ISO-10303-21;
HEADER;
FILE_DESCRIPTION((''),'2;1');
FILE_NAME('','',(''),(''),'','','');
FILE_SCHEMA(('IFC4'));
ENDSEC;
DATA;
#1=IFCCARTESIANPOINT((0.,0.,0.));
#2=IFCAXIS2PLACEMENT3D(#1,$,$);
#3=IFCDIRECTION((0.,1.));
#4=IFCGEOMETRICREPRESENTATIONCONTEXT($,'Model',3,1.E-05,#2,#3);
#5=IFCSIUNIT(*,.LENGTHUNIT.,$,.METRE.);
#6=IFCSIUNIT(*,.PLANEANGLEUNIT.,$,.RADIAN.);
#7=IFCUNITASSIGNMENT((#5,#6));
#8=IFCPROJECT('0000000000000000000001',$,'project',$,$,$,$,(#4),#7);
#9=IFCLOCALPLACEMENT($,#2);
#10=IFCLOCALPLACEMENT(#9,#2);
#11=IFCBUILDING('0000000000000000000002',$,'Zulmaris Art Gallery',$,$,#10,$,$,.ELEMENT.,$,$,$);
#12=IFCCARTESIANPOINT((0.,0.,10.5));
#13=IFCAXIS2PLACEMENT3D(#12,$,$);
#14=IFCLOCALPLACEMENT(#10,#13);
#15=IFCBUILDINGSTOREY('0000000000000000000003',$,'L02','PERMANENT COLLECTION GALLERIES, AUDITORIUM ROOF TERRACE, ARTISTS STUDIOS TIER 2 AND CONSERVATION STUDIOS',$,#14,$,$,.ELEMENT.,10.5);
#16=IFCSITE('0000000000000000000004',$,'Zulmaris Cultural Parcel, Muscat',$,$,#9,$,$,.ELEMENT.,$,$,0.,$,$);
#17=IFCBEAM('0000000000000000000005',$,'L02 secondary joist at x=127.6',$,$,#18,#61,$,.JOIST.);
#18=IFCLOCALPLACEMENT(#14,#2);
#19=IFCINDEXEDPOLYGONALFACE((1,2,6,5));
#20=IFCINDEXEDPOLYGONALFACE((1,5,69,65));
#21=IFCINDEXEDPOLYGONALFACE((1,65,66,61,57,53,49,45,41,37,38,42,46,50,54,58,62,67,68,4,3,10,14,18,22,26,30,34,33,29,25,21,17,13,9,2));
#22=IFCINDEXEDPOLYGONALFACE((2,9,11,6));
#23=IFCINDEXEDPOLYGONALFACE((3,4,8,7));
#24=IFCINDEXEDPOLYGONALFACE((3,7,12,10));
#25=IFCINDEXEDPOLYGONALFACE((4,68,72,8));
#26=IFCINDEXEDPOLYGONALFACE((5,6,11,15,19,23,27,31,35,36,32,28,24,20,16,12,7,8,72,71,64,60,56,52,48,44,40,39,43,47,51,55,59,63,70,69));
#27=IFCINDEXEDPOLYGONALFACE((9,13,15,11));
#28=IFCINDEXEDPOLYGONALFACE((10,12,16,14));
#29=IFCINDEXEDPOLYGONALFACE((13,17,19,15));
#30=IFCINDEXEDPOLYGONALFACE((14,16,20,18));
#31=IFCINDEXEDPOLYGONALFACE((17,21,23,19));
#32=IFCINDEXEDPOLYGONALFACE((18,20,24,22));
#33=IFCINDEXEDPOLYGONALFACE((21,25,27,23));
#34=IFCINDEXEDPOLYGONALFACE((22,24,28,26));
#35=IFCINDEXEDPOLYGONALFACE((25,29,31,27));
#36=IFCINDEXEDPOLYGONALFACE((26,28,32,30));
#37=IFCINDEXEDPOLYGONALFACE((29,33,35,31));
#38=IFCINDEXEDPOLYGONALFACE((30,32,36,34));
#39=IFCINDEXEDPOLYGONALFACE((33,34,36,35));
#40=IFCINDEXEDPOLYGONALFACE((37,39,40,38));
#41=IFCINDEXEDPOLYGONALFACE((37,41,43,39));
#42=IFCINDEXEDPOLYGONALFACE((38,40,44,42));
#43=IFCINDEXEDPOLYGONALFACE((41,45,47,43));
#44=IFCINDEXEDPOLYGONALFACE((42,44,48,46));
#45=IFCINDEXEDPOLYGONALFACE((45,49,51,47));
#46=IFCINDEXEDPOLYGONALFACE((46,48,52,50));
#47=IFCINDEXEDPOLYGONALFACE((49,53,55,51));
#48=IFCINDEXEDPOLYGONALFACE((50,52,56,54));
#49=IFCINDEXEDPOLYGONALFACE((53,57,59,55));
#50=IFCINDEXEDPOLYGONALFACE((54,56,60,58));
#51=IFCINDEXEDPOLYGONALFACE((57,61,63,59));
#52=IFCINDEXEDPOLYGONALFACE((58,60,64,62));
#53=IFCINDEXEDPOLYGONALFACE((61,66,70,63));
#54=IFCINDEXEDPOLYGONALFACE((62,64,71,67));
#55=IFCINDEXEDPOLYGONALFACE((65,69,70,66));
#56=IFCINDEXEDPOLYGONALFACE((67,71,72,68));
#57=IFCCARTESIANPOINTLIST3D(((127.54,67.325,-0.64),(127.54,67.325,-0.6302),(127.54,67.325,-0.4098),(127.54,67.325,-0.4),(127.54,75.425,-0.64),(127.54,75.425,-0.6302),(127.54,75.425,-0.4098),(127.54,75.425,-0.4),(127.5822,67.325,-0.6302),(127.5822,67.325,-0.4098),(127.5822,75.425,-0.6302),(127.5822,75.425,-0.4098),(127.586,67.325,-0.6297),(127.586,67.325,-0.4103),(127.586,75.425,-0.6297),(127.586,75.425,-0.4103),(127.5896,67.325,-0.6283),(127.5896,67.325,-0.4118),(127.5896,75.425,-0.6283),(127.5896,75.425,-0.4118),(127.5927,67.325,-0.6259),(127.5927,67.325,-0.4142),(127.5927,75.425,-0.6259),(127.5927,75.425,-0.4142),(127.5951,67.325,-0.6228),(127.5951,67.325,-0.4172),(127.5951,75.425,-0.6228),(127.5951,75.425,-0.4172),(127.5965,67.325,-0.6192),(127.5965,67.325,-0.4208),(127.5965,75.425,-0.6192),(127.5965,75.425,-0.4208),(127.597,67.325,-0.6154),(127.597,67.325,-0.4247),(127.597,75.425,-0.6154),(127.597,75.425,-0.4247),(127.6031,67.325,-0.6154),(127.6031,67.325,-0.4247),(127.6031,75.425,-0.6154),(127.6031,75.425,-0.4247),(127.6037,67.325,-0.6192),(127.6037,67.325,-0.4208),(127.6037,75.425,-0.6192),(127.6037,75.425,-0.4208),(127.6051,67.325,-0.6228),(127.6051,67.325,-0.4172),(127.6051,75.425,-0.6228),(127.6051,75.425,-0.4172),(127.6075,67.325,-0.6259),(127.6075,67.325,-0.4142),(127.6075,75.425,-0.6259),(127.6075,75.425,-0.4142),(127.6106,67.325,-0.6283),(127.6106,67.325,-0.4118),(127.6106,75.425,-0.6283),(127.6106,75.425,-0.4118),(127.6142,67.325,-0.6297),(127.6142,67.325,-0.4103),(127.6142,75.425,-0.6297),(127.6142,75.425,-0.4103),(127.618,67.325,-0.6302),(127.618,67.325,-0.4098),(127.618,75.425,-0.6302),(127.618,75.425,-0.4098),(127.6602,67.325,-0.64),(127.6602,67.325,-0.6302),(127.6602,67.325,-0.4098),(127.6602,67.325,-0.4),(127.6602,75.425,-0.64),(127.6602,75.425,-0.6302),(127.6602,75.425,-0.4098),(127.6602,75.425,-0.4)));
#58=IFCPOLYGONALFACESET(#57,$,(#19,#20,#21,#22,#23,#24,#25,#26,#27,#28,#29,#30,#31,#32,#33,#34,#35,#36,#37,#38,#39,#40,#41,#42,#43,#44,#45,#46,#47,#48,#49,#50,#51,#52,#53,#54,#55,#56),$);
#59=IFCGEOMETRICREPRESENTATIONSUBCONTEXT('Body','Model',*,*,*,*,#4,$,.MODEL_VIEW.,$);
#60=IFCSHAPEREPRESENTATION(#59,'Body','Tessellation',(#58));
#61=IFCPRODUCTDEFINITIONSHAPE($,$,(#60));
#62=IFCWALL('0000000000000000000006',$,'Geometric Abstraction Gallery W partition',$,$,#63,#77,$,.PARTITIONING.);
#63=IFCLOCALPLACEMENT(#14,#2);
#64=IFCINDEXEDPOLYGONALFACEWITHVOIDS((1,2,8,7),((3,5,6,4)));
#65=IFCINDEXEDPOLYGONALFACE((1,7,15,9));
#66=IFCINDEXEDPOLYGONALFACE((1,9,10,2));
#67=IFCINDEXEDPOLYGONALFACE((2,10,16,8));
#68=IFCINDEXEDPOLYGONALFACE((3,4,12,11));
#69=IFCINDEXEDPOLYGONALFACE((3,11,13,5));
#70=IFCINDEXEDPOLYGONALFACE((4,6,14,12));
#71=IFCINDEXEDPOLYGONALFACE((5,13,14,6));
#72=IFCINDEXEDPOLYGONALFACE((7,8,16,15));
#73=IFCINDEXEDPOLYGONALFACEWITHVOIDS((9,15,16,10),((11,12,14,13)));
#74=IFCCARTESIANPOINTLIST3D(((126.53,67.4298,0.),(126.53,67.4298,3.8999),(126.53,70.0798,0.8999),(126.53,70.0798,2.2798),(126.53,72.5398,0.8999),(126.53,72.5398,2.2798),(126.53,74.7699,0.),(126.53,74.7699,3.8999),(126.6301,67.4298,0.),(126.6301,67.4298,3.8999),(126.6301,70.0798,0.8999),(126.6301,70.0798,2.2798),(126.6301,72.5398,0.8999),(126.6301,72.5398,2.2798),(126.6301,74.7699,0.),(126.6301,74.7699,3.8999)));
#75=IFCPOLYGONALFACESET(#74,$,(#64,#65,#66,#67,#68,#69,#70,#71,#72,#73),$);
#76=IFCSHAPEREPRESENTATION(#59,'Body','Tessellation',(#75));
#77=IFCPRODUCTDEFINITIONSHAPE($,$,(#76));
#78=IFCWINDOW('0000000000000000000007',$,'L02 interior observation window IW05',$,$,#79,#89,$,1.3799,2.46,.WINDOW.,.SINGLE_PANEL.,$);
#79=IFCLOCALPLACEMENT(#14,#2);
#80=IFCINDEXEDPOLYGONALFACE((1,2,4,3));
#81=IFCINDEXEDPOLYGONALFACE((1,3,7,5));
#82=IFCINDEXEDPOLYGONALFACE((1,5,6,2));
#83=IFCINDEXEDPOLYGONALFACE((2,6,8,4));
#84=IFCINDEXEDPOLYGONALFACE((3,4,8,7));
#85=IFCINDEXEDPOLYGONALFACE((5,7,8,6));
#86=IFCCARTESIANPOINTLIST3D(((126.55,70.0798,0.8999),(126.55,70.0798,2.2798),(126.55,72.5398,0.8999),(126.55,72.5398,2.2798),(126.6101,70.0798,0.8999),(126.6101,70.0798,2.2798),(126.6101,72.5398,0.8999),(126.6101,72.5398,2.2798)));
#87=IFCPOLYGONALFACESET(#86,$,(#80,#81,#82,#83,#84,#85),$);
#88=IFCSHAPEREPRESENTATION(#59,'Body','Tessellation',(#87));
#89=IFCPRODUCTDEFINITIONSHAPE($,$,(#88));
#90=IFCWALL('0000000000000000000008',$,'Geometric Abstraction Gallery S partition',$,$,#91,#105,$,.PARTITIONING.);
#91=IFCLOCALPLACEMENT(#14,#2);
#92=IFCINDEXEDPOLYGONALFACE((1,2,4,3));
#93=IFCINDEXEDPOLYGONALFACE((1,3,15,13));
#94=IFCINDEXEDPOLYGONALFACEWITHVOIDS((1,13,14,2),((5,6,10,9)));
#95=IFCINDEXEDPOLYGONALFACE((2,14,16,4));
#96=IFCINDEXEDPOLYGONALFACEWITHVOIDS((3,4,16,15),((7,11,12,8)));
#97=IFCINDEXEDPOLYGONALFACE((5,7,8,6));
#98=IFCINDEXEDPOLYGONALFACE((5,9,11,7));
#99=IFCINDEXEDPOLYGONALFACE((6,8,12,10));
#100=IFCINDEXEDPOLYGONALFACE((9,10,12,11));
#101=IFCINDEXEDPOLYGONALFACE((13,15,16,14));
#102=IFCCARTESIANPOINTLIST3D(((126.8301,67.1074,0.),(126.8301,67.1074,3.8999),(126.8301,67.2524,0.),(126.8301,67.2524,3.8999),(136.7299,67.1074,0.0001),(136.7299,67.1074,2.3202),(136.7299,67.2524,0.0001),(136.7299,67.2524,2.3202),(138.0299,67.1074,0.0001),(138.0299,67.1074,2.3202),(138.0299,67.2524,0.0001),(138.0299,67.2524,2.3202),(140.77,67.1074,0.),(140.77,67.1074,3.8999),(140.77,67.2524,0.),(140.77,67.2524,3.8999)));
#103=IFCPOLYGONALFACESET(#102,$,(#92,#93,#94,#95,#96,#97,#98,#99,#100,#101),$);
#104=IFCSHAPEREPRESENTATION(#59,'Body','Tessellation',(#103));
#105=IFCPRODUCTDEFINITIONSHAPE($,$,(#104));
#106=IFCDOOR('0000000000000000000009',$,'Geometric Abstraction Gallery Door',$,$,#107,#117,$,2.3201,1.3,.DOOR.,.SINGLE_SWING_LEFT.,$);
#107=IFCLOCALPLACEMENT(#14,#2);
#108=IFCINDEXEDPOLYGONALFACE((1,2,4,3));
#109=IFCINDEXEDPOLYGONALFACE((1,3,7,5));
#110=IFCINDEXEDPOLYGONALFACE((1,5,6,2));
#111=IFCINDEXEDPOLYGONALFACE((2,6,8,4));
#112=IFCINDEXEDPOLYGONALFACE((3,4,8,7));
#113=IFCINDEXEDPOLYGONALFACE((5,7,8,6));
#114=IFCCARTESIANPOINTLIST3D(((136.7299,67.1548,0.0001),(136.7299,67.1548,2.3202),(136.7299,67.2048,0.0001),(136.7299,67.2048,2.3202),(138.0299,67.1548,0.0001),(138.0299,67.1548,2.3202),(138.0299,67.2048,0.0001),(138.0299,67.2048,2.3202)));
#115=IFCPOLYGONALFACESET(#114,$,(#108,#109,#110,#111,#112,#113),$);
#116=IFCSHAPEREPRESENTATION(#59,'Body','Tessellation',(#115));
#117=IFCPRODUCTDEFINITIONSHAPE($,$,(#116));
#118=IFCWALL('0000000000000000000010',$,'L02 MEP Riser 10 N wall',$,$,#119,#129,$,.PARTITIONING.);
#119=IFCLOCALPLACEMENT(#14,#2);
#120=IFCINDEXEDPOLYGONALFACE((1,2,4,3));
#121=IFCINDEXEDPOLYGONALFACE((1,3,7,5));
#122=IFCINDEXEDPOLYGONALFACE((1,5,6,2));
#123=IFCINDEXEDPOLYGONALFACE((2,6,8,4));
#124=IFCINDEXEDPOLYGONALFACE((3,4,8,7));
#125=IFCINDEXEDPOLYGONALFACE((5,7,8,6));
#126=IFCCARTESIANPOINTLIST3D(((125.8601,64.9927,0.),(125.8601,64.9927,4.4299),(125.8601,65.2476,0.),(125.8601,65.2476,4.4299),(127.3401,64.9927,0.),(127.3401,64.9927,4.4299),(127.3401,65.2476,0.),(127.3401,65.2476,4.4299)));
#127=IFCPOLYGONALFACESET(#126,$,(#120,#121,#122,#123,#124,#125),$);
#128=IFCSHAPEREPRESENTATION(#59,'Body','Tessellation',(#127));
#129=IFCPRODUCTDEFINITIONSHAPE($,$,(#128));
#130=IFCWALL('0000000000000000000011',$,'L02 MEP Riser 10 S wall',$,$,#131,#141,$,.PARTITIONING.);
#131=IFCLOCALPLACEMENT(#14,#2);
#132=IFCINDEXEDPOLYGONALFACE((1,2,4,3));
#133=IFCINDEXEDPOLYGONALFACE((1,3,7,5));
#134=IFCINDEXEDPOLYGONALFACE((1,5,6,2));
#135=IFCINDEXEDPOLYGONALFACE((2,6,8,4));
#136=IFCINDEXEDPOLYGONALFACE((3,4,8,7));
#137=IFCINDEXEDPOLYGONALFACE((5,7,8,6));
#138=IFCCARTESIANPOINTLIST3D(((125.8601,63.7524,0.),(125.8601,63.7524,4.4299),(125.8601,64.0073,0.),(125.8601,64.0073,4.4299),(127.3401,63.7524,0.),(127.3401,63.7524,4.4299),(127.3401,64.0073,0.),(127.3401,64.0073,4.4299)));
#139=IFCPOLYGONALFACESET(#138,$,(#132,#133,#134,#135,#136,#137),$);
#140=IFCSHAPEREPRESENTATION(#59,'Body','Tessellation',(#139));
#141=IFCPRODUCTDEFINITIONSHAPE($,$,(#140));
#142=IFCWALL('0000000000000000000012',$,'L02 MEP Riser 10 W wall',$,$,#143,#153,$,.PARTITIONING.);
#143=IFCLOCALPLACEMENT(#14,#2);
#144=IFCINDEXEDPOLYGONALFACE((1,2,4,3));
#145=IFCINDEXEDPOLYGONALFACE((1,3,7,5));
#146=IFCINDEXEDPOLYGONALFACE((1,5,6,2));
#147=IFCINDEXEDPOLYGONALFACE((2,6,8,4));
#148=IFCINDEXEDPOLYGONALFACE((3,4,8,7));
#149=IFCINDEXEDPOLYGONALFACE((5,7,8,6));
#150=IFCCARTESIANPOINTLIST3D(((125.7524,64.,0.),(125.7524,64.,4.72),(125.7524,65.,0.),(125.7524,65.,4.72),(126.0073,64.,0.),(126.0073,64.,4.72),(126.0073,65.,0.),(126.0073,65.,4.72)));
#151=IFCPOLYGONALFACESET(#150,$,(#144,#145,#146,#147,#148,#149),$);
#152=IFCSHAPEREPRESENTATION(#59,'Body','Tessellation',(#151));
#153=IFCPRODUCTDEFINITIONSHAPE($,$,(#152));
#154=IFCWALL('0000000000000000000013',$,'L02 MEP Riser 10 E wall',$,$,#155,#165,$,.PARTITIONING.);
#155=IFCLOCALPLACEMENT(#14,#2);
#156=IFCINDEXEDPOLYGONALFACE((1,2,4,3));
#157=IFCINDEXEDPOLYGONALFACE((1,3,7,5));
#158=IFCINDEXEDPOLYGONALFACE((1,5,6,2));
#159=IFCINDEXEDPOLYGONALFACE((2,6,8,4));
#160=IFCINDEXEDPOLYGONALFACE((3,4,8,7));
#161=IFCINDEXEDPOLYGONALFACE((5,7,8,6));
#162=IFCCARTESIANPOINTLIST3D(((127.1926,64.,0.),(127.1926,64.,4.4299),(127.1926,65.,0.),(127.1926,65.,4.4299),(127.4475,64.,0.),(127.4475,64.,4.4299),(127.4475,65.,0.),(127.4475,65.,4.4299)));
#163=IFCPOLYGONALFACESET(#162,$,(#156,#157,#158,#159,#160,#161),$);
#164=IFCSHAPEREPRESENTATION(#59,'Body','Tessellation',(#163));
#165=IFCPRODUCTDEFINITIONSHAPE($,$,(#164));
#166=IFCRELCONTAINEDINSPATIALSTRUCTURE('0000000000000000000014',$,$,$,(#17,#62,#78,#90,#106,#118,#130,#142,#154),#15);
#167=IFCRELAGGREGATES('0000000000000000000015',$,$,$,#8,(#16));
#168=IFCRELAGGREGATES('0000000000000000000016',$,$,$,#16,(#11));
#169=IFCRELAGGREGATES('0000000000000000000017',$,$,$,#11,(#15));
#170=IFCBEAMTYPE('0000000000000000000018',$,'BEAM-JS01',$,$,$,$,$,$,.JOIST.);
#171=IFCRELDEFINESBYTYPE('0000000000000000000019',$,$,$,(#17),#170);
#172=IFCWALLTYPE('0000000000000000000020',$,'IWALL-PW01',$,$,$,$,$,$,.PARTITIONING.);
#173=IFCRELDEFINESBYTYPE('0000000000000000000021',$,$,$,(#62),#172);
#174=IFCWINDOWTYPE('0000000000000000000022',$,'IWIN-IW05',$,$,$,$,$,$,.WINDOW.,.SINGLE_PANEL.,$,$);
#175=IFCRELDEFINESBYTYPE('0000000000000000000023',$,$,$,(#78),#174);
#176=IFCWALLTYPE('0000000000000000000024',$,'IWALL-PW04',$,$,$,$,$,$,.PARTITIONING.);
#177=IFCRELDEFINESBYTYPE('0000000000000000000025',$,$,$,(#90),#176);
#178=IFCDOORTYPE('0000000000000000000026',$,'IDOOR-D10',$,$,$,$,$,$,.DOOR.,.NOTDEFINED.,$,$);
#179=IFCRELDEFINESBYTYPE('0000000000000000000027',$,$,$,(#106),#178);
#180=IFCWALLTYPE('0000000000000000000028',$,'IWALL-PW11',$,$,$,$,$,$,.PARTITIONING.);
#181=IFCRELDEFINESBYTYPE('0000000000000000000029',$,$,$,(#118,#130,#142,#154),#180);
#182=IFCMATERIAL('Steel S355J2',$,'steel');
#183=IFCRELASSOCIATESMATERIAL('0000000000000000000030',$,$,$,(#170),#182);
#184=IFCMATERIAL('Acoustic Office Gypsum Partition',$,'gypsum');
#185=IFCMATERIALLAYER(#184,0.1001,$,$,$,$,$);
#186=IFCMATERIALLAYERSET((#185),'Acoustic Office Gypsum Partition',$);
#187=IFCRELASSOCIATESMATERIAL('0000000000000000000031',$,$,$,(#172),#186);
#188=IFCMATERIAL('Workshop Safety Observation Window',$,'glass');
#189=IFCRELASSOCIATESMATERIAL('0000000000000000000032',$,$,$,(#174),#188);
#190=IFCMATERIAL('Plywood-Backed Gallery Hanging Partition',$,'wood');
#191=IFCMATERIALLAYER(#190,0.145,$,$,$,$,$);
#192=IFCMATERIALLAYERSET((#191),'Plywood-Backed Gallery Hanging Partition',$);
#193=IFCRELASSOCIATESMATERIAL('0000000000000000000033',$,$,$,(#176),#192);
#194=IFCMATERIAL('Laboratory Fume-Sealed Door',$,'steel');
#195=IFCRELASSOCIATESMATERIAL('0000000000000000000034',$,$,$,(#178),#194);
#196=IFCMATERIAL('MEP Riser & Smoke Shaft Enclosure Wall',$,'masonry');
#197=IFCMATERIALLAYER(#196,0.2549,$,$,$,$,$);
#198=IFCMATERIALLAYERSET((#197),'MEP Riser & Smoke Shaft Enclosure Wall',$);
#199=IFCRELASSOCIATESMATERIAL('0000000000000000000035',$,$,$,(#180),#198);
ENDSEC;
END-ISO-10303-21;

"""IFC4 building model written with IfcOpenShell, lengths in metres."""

from ifc_helpers import new_model, si_unit, direction, frame, frame_2d, origin, origin_2d, place, context, subcontext, project, spatial, rectangle, i_section, extrude, material, layer, layer_set, material_profile, profile_set, type_object, element, fill, save


model = new_model("IFC4")

# Units and contexts
model_context = context("Model", 3, precision=1e-05, world=origin(), true_north=direction((0.0, 1.0)))
body_context = subcontext(model_context, "Body", "Model", "MODEL_VIEW")
ifc_project = project(units=[si_unit("LENGTHUNIT", "METRE"), si_unit("PLANEANGLEUNIT", "RADIAN")], contexts=[model_context])

# Site, building, storey
site_placement = place(None, origin())
site = spatial("IfcSite", under=ifc_project, at=site_placement, Name="Zulmaris Cultural Parcel, Muscat", CompositionType="ELEMENT", RefElevation=0.0)
building_placement = place(site_placement, origin())
building = spatial("IfcBuilding", under=site, at=building_placement, Name="Zulmaris Art Gallery", CompositionType="ELEMENT")
storey_placement = place(building_placement, frame((0.0, 0.0, 10.5)))
storey = spatial("IfcBuildingStorey", under=building, at=storey_placement, Name="L02", Description="PERMANENT COLLECTION GALLERIES, AUDITORIUM ROOF TERRACE, ARTISTS STUDIOS TIER 2 AND CONSERVATION STUDIOS", CompositionType="ELEMENT", Elevation=10.5)

# Beam
ifc_material_1 = material(Name="Steel S355J2", Category="steel")
ifc_material_profile_1 = material_profile(ifc_material_1, i_section(OverallWidth=0.1201, OverallDepth=0.24, WebThickness=0.0061, FlangeThickness=0.0098, FilletRadius=0.0149, at=origin_2d()), Name="IPE 240")
ifc_profile_set_1 = profile_set([ifc_material_profile_1], Name="Steel S355J2")
beam_type_1 = type_object("IfcBeamType", Name="BEAM-JS01", PredefinedType="JOIST", material=ifc_profile_set_1)
beam_1_placement = place(storey_placement, frame((127.6001, 67.325, -0.52), z_axis=(0.0, 1.0, 0.0), x_axis=(-1.0, 0.0, 0.0)))
element("IfcBeam", 1, at=beam_1_placement, inside=storey, type_object=beam_type_1, Name="L02 secondary joist at x=127.6", PredefinedType="JOIST", context=body_context, shape_type="SweptSolid", body=[
    extrude(i_section(OverallWidth=0.1201, OverallDepth=0.24, WebThickness=0.0061, FlangeThickness=0.0098, FilletRadius=0.0149, at=origin_2d()), origin(), (0.0, 0.0, 1.0), 8.1001),
])

# Wall, opening, window
ifc_material_2 = material(Name="Acoustic Office Gypsum Partition", Category="gypsum")
ifc_layer_1 = layer(ifc_material_2, 0.1001)
ifc_layer_set_1 = layer_set([ifc_layer_1], Name="Acoustic Office Gypsum Partition")
wall_type_1 = type_object("IfcWallType", Name="IWALL-PW01", PredefinedType="PARTITIONING", material=ifc_layer_set_1)
wall_1_placement = place(storey_placement, frame((126.5801, 67.4299, 0.0), z_axis=(0.0, 0.0, 1.0), x_axis=(0.0, 1.0, 0.0)))
wall_1 = element("IfcWall", 2, at=wall_1_placement, inside=storey, type_object=wall_type_1, Name="Geometric Abstraction Gallery W partition", PredefinedType="PARTITIONING", context=body_context, shape_type="SweptSolid", body=[
    extrude(rectangle(XDim=7.3401, YDim=0.1001, at=frame_2d((3.6699, 0.0))), origin(), (0.0, 0.0, 1.0), 3.8999),
])
opening_1_placement = place(wall_1_placement, frame((2.6499, 0.0, 0.8999)))
opening_1 = element("IfcOpeningElement", 3, at=opening_1_placement, cuts=wall_1, PredefinedType="OPENING", context=body_context, shape_type="SweptSolid", body=[
    extrude(rectangle(XDim=2.46, YDim=1.3799, at=frame_2d((1.23, 0.6899))), frame((0.0, 0.0601, 0.0), z_axis=(0.0, -1.0, 0.0), x_axis=(1.0, 0.0, 0.0)), (0.0, 0.0, 1.0), 0.1201),
])
ifc_material_3 = material(Name="Workshop Safety Observation Window", Category="glass")
window_type = type_object("IfcWindowType", Name="IWIN-IW05", PartitioningType="SINGLE_PANEL", PredefinedType="WINDOW", material=ifc_material_3)
window_placement = place(opening_1_placement, origin())
window = element("IfcWindow", 4, at=window_placement, inside=storey, type_object=window_type, Name="L02 interior observation window IW05", OverallHeight=1.3799, OverallWidth=2.46, PartitioningType="SINGLE_PANEL", PredefinedType="WINDOW", context=body_context, shape_type="SweptSolid", body=[
    extrude(rectangle(XDim=2.46, YDim=1.3799, at=frame_2d((1.23, 0.6899))), frame((0.0, 0.03, 0.0), z_axis=(0.0, -1.0, 0.0), x_axis=(1.0, 0.0, 0.0)), (0.0, 0.0, 1.0), 0.0601),
])
fill(opening_1, window)

# Wall, opening, door
ifc_material_4 = material(Name="Plywood-Backed Gallery Hanging Partition", Category="wood")
ifc_layer_2 = layer(ifc_material_4, 0.145)
ifc_layer_set_2 = layer_set([ifc_layer_2], Name="Plywood-Backed Gallery Hanging Partition")
wall_type_2 = type_object("IfcWallType", Name="IWALL-PW04", PredefinedType="PARTITIONING", material=ifc_layer_set_2)
wall_2_placement = place(storey_placement, frame((126.8301, 67.1799, 0.0), z_axis=(0.0, 0.0, 1.0), x_axis=(1.0, 0.0, 0.0)))
wall_2 = element("IfcWall", 5, at=wall_2_placement, inside=storey, type_object=wall_type_2, Name="Geometric Abstraction Gallery S partition", PredefinedType="PARTITIONING", context=body_context, shape_type="SweptSolid", body=[
    extrude(rectangle(XDim=13.9399, YDim=0.145, at=frame_2d((6.97, 0.0))), origin(), (0.0, 0.0, 1.0), 3.8999),
])
opening_2_placement = place(wall_2_placement, frame((9.8999, 0.0, 0.0)))
opening_2 = element("IfcOpeningElement", 6, at=opening_2_placement, cuts=wall_2, PredefinedType="OPENING", context=body_context, shape_type="SweptSolid", body=[
    extrude(rectangle(XDim=1.3, YDim=2.3201, at=frame_2d((0.6499, 1.1602))), frame((0.0, 0.0825, 0.0), z_axis=(0.0, -1.0, 0.0), x_axis=(1.0, 0.0, 0.0)), (0.0, 0.0, 1.0), 0.165),
])
ifc_material_5 = material(Name="Laboratory Fume-Sealed Door", Category="steel")
door_type_1 = type_object("IfcDoorType", Name="IDOOR-D10", OperationType="NOTDEFINED", PredefinedType="DOOR", material=ifc_material_5)
door_1_placement = place(opening_2_placement, origin())
door_1 = element("IfcDoor", 7, at=door_1_placement, inside=storey, type_object=door_type_1, Name="Geometric Abstraction Gallery Door", OperationType="SINGLE_SWING_LEFT", OverallHeight=2.3201, OverallWidth=1.3, PredefinedType="DOOR", context=body_context, shape_type="SweptSolid", body=[
    extrude(rectangle(XDim=1.3, YDim=2.3201, at=frame_2d((0.6499, 1.1602))), frame((0.0, 0.0249, 0.0), z_axis=(0.0, -1.0, 0.0), x_axis=(1.0, 0.0, 0.0)), (0.0, 0.0, 1.0), 0.05),
])
fill(opening_2, door_1)

# Walls
ifc_material_6 = material(Name="MEP Riser & Smoke Shaft Enclosure Wall", Category="masonry")
ifc_layer_3 = layer(ifc_material_6, 0.2549)
ifc_layer_set_3 = layer_set([ifc_layer_3], Name="MEP Riser & Smoke Shaft Enclosure Wall")
wall_type_3 = type_object("IfcWallType", Name="IWALL-PW11", PredefinedType="PARTITIONING", material=ifc_layer_set_3)
for number, where, z_axis, x_axis, name in (
    (8, (125.8601, 65.1201, 0.0), (0.0, 0.0, 1.0), (1.0, 0.0, 0.0), "L02 MEP Riser 10 N wall"),
    (9, (125.8601, 63.8799, 0.0), (0.0, 0.0, 1.0), (1.0, 0.0, 0.0), "L02 MEP Riser 10 S wall"),
):
    element("IfcWall", number, at=place(storey_placement, frame(where, z_axis=z_axis, x_axis=x_axis)), inside=storey, type_object=wall_type_3, Name=name, PredefinedType="PARTITIONING", context=body_context, shape_type="SweptSolid", body=[
        extrude(rectangle(XDim=1.48, YDim=0.2549, at=frame_2d((0.74, 0.0))), origin(), (0.0, 0.0, 1.0), 4.4299),
    ])
wall_3_placement = place(storey_placement, frame((125.8799, 64.0, 0.0), z_axis=(0.0, 0.0, 1.0), x_axis=(0.0, 1.0, 0.0)))
element("IfcWall", 10, at=wall_3_placement, inside=storey, type_object=wall_type_3, Name="L02 MEP Riser 10 W wall", PredefinedType="PARTITIONING", context=body_context, shape_type="SweptSolid", body=[
    extrude(rectangle(XDim=1.0, YDim=0.2549, at=frame_2d((0.5, 0.0))), origin(), (0.0, 0.0, 1.0), 4.72),
])
wall_4_placement = place(storey_placement, frame((127.3201, 64.0, 0.0), z_axis=(0.0, 0.0, 1.0), x_axis=(0.0, 1.0, 0.0)))
element("IfcWall", 11, at=wall_4_placement, inside=storey, type_object=wall_type_3, Name="L02 MEP Riser 10 E wall", PredefinedType="PARTITIONING", context=body_context, shape_type="SweptSolid", body=[
    extrude(rectangle(XDim=1.0, YDim=0.2549, at=frame_2d((0.5, 0.0))), origin(), (0.0, 0.0, 1.0), 4.4299),
])

save(model, "model.ifc")
